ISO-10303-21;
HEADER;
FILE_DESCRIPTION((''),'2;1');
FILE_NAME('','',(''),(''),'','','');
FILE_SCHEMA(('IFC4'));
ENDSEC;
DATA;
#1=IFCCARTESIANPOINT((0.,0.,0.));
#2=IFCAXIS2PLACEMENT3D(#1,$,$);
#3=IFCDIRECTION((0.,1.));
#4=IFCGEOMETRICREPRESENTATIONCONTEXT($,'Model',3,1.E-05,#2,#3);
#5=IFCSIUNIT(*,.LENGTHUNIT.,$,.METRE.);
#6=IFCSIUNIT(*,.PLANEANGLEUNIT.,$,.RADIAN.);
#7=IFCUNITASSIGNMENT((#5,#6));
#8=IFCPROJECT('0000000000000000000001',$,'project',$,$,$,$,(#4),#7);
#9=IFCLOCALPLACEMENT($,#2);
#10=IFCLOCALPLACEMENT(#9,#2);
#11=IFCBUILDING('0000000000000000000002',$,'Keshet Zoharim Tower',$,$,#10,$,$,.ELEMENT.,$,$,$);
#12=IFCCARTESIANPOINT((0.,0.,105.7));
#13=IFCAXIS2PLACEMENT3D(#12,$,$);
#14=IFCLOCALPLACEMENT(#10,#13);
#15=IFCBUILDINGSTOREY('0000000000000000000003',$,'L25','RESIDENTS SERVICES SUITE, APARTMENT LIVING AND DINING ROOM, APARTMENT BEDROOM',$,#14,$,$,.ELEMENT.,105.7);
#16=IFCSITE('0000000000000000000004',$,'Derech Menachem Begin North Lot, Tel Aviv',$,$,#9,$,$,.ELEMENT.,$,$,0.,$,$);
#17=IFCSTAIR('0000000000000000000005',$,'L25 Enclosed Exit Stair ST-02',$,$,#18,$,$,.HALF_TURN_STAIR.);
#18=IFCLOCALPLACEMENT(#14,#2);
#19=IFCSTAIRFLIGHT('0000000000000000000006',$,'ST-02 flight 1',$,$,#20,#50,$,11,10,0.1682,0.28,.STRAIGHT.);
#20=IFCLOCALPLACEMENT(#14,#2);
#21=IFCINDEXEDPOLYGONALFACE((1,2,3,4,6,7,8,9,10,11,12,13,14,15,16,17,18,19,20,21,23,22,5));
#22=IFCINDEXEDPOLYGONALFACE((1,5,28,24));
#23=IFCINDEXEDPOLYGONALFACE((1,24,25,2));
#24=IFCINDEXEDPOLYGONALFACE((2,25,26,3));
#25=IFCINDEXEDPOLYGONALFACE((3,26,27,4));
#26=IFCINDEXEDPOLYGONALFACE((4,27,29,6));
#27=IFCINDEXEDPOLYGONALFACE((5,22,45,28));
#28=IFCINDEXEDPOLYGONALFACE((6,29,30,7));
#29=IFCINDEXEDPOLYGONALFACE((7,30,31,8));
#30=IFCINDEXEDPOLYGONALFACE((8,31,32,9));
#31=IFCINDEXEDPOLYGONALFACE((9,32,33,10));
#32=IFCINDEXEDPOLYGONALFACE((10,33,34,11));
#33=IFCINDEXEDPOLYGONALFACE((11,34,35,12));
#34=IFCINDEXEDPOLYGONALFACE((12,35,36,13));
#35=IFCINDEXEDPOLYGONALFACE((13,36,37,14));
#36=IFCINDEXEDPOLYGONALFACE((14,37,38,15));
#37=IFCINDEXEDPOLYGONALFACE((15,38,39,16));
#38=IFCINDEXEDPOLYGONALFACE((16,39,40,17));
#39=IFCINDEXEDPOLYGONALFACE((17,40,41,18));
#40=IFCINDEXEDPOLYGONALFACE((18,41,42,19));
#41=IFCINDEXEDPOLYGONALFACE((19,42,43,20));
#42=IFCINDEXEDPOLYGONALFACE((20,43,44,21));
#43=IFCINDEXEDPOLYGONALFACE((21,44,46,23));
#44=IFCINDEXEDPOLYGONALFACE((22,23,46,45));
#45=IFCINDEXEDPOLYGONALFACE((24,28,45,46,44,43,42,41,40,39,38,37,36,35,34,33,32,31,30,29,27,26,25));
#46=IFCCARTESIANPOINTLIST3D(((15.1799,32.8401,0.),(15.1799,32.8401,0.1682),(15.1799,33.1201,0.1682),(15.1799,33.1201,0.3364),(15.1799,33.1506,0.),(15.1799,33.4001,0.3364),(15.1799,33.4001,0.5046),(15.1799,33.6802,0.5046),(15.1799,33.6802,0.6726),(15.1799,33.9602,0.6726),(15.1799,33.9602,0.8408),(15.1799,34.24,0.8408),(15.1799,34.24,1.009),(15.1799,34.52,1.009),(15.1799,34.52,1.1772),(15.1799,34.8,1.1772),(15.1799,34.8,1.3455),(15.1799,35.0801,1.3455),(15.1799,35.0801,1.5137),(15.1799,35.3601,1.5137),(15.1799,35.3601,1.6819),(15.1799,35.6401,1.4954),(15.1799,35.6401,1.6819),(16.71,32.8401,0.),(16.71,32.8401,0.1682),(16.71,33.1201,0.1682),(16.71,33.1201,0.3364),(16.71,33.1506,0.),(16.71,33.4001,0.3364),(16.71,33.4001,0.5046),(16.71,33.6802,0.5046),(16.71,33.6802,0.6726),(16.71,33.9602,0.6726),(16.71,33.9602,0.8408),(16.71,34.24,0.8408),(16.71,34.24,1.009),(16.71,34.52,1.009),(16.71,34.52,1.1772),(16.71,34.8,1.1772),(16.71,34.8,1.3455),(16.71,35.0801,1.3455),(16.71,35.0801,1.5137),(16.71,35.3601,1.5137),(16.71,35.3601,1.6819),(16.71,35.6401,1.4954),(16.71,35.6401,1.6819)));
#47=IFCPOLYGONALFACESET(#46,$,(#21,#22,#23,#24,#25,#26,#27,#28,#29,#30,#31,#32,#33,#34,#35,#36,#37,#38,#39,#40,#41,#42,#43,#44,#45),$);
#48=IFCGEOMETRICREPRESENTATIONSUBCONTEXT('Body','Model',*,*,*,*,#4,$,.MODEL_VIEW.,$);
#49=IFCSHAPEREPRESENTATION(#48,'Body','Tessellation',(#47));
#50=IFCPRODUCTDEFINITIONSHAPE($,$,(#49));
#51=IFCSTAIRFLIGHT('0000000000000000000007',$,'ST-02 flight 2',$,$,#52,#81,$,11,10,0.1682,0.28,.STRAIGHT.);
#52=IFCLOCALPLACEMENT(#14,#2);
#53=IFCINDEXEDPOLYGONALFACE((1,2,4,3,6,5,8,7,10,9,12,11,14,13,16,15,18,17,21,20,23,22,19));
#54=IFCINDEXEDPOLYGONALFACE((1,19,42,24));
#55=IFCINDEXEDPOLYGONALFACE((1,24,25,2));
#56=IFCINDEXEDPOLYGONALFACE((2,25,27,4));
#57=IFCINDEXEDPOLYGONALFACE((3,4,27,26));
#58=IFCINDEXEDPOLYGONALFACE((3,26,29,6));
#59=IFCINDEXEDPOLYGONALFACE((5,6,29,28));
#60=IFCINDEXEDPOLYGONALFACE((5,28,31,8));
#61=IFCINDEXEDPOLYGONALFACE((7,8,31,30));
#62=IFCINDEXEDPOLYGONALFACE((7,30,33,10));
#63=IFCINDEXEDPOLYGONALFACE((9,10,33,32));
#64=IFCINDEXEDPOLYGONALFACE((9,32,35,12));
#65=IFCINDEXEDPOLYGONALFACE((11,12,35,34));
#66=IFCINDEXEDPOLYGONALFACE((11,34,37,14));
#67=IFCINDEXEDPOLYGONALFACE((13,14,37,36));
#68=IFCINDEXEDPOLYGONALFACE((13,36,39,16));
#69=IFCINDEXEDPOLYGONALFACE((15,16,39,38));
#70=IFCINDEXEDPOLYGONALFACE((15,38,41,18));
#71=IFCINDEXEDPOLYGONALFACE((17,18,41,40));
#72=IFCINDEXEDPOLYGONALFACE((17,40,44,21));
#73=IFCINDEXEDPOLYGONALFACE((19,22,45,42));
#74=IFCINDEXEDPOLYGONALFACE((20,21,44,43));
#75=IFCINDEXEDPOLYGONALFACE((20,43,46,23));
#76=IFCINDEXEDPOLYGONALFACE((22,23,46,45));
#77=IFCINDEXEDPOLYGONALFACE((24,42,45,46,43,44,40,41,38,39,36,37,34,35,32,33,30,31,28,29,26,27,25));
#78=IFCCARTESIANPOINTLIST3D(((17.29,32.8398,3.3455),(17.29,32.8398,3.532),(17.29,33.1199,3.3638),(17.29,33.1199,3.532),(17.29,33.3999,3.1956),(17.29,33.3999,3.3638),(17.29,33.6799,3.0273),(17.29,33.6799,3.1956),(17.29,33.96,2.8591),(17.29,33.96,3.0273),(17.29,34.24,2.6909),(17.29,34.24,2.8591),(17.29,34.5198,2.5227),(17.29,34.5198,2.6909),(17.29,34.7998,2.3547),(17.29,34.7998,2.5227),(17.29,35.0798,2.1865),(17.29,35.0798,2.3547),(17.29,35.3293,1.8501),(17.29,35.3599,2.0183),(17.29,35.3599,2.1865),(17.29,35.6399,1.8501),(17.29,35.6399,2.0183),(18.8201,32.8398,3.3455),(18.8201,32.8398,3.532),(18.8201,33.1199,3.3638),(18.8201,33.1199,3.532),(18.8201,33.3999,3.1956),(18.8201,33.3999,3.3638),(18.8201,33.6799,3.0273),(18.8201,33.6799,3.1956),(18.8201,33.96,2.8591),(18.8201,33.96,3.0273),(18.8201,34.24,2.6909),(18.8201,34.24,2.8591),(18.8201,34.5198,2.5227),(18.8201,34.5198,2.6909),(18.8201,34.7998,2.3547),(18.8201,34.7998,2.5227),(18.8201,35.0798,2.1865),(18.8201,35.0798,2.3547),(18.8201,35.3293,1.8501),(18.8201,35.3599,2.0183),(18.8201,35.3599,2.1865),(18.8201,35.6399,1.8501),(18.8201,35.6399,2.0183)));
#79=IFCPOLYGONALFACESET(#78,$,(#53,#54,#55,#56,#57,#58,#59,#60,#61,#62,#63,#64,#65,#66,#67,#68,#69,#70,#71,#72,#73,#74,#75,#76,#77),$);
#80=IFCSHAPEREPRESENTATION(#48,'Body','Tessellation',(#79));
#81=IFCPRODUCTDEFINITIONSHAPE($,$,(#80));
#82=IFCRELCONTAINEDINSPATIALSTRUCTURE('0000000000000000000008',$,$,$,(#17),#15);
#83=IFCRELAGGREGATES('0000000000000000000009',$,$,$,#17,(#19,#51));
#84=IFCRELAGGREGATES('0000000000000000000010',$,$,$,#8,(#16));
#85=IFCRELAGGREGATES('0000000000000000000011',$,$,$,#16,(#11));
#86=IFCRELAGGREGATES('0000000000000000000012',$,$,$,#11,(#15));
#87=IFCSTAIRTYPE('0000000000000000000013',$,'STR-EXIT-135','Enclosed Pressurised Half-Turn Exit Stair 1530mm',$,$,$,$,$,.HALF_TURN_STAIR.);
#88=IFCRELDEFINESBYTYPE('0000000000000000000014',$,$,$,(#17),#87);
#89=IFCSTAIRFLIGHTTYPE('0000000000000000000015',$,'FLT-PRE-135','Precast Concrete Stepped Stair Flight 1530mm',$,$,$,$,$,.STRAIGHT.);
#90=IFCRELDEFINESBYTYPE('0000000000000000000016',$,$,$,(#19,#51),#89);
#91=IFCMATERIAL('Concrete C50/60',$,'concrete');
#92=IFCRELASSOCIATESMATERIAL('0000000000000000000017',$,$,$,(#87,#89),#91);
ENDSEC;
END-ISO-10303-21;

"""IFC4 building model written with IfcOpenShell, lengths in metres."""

from ifc_helpers import new_model, si_unit, direction, frame, origin, place, context, subcontext, project, spatial, polyline, outline, extrude, material, type_object, element, aggregate, save


model = new_model("IFC4")

# Units and contexts
model_context = context("Model", 3, precision=1e-05, world=origin(), true_north=direction((0.0, 1.0)))
body_context = subcontext(model_context, "Body", "Model", "MODEL_VIEW")
ifc_project = project(units=[si_unit("LENGTHUNIT", "METRE"), si_unit("PLANEANGLEUNIT", "RADIAN")], contexts=[model_context])

# Site, building, storey
site_placement = place(None, origin())
site = spatial("IfcSite", under=ifc_project, at=site_placement, Name="Derech Menachem Begin North Lot, Tel Aviv", CompositionType="ELEMENT", RefElevation=0.0)
building_placement = place(site_placement, origin())
building = spatial("IfcBuilding", under=site, at=building_placement, Name="Keshet Zoharim Tower", CompositionType="ELEMENT")
storey_placement = place(building_placement, frame((0.0, 0.0, 105.7)))
storey = spatial("IfcBuildingStorey", under=building, at=storey_placement, Name="L25", Description="RESIDENTS SERVICES SUITE, APARTMENT LIVING AND DINING ROOM, APARTMENT BEDROOM", CompositionType="ELEMENT", Elevation=105.7)

# Shared definitions
ifc_material_1 = material(Name="Concrete C50/60", Category="concrete")
stair_type = type_object("IfcStairType", Name="STR-EXIT-135", Description="Enclosed Pressurised Half-Turn Exit Stair 1530mm", PredefinedType="HALF_TURN_STAIR", material=ifc_material_1)
stair_flight_type = type_object("IfcStairFlightType", Name="FLT-PRE-135", Description="Precast Concrete Stepped Stair Flight 1530mm", PredefinedType="STRAIGHT", material=ifc_material_1)

# Stair, stair flights
stair_1_placement = place(storey_placement, origin())
stair_1 = element("IfcStair", 1, at=stair_1_placement, inside=storey, type_object=stair_type, Name="L25 Enclosed Exit Stair ST-02", PredefinedType="HALF_TURN_STAIR")
stair_flight_1_placement = place(storey_placement, frame((15.9451, 32.8401, 0.0), z_axis=(0.0, 0.0, 1.0), x_axis=(0.0, 1.0, 0.0)))
stair_flight_1 = element("IfcStairFlight", 2, at=stair_flight_1_placement, type_object=stair_flight_type, Name="ST-02 flight 1", NumberOfRisers=11, NumberOfTreads=10, PredefinedType="STRAIGHT", RiserHeight=0.1682, TreadLength=0.28, context=body_context, shape_type="SweptSolid", body=[
    extrude(outline(polyline([(0.0, 0.0), (0.0, 0.1682), (0.28, 0.1682), (0.28, 0.3364), (0.5601, 0.3364), (0.5601, 0.5046), (0.8401, 0.5046), (0.8401, 0.6726), (1.1201, 0.6726), (1.1201, 0.8408), (1.3999, 0.8408), (1.3999, 1.009), (1.6799, 1.009), (1.6799, 1.1772), (1.96, 1.1772), (1.96, 1.3455), (2.24, 1.3455), (2.24, 1.5137), (2.52, 1.5137), (2.52, 1.6819), (2.8, 1.6819), (2.8, 1.8501), (2.8, 1.4954), (0.3105, 0.0), (0.0, 0.0)])), frame((0.0, 0.7651, 0.0), z_axis=(0.0, -1.0, 0.0), x_axis=(1.0, 0.0, 0.0)), (0.0, 0.0, 1.0), 1.53),
])
stair_flight_2_placement = place(storey_placement, frame((18.0549, 35.6399, 1.8501), z_axis=(0.0, 0.0, 1.0), x_axis=(0.0, -1.0, 0.0)))
stair_flight_2 = element("IfcStairFlight", 3, at=stair_flight_2_placement, type_object=stair_flight_type, Name="ST-02 flight 2", NumberOfRisers=11, NumberOfTreads=10, PredefinedType="STRAIGHT", RiserHeight=0.1682, TreadLength=0.28, context=body_context, shape_type="SweptSolid", body=[
    extrude(outline(polyline([(0.0, 0.0), (0.0, 0.1682), (0.28, 0.1682), (0.28, 0.3364), (0.5601, 0.3364), (0.5601, 0.5046), (0.8401, 0.5046), (0.8401, 0.6726), (1.1201, 0.6726), (1.1201, 0.8408), (1.3999, 0.8408), (1.3999, 1.009), (1.6799, 1.009), (1.6799, 1.1772), (1.96, 1.1772), (1.96, 1.3455), (2.24, 1.3455), (2.24, 1.5137), (2.52, 1.5137), (2.52, 1.6819), (2.8, 1.6819), (2.8, 1.8501), (2.8, 1.4954), (0.3105, 0.0), (0.0, 0.0)])), frame((0.0, 0.7651, 0.0), z_axis=(0.0, -1.0, 0.0), x_axis=(1.0, 0.0, 0.0)), (0.0, 0.0, 1.0), 1.53),
])
aggregate(stair_1, [stair_flight_1, stair_flight_2])

save(model, "model.ifc")
